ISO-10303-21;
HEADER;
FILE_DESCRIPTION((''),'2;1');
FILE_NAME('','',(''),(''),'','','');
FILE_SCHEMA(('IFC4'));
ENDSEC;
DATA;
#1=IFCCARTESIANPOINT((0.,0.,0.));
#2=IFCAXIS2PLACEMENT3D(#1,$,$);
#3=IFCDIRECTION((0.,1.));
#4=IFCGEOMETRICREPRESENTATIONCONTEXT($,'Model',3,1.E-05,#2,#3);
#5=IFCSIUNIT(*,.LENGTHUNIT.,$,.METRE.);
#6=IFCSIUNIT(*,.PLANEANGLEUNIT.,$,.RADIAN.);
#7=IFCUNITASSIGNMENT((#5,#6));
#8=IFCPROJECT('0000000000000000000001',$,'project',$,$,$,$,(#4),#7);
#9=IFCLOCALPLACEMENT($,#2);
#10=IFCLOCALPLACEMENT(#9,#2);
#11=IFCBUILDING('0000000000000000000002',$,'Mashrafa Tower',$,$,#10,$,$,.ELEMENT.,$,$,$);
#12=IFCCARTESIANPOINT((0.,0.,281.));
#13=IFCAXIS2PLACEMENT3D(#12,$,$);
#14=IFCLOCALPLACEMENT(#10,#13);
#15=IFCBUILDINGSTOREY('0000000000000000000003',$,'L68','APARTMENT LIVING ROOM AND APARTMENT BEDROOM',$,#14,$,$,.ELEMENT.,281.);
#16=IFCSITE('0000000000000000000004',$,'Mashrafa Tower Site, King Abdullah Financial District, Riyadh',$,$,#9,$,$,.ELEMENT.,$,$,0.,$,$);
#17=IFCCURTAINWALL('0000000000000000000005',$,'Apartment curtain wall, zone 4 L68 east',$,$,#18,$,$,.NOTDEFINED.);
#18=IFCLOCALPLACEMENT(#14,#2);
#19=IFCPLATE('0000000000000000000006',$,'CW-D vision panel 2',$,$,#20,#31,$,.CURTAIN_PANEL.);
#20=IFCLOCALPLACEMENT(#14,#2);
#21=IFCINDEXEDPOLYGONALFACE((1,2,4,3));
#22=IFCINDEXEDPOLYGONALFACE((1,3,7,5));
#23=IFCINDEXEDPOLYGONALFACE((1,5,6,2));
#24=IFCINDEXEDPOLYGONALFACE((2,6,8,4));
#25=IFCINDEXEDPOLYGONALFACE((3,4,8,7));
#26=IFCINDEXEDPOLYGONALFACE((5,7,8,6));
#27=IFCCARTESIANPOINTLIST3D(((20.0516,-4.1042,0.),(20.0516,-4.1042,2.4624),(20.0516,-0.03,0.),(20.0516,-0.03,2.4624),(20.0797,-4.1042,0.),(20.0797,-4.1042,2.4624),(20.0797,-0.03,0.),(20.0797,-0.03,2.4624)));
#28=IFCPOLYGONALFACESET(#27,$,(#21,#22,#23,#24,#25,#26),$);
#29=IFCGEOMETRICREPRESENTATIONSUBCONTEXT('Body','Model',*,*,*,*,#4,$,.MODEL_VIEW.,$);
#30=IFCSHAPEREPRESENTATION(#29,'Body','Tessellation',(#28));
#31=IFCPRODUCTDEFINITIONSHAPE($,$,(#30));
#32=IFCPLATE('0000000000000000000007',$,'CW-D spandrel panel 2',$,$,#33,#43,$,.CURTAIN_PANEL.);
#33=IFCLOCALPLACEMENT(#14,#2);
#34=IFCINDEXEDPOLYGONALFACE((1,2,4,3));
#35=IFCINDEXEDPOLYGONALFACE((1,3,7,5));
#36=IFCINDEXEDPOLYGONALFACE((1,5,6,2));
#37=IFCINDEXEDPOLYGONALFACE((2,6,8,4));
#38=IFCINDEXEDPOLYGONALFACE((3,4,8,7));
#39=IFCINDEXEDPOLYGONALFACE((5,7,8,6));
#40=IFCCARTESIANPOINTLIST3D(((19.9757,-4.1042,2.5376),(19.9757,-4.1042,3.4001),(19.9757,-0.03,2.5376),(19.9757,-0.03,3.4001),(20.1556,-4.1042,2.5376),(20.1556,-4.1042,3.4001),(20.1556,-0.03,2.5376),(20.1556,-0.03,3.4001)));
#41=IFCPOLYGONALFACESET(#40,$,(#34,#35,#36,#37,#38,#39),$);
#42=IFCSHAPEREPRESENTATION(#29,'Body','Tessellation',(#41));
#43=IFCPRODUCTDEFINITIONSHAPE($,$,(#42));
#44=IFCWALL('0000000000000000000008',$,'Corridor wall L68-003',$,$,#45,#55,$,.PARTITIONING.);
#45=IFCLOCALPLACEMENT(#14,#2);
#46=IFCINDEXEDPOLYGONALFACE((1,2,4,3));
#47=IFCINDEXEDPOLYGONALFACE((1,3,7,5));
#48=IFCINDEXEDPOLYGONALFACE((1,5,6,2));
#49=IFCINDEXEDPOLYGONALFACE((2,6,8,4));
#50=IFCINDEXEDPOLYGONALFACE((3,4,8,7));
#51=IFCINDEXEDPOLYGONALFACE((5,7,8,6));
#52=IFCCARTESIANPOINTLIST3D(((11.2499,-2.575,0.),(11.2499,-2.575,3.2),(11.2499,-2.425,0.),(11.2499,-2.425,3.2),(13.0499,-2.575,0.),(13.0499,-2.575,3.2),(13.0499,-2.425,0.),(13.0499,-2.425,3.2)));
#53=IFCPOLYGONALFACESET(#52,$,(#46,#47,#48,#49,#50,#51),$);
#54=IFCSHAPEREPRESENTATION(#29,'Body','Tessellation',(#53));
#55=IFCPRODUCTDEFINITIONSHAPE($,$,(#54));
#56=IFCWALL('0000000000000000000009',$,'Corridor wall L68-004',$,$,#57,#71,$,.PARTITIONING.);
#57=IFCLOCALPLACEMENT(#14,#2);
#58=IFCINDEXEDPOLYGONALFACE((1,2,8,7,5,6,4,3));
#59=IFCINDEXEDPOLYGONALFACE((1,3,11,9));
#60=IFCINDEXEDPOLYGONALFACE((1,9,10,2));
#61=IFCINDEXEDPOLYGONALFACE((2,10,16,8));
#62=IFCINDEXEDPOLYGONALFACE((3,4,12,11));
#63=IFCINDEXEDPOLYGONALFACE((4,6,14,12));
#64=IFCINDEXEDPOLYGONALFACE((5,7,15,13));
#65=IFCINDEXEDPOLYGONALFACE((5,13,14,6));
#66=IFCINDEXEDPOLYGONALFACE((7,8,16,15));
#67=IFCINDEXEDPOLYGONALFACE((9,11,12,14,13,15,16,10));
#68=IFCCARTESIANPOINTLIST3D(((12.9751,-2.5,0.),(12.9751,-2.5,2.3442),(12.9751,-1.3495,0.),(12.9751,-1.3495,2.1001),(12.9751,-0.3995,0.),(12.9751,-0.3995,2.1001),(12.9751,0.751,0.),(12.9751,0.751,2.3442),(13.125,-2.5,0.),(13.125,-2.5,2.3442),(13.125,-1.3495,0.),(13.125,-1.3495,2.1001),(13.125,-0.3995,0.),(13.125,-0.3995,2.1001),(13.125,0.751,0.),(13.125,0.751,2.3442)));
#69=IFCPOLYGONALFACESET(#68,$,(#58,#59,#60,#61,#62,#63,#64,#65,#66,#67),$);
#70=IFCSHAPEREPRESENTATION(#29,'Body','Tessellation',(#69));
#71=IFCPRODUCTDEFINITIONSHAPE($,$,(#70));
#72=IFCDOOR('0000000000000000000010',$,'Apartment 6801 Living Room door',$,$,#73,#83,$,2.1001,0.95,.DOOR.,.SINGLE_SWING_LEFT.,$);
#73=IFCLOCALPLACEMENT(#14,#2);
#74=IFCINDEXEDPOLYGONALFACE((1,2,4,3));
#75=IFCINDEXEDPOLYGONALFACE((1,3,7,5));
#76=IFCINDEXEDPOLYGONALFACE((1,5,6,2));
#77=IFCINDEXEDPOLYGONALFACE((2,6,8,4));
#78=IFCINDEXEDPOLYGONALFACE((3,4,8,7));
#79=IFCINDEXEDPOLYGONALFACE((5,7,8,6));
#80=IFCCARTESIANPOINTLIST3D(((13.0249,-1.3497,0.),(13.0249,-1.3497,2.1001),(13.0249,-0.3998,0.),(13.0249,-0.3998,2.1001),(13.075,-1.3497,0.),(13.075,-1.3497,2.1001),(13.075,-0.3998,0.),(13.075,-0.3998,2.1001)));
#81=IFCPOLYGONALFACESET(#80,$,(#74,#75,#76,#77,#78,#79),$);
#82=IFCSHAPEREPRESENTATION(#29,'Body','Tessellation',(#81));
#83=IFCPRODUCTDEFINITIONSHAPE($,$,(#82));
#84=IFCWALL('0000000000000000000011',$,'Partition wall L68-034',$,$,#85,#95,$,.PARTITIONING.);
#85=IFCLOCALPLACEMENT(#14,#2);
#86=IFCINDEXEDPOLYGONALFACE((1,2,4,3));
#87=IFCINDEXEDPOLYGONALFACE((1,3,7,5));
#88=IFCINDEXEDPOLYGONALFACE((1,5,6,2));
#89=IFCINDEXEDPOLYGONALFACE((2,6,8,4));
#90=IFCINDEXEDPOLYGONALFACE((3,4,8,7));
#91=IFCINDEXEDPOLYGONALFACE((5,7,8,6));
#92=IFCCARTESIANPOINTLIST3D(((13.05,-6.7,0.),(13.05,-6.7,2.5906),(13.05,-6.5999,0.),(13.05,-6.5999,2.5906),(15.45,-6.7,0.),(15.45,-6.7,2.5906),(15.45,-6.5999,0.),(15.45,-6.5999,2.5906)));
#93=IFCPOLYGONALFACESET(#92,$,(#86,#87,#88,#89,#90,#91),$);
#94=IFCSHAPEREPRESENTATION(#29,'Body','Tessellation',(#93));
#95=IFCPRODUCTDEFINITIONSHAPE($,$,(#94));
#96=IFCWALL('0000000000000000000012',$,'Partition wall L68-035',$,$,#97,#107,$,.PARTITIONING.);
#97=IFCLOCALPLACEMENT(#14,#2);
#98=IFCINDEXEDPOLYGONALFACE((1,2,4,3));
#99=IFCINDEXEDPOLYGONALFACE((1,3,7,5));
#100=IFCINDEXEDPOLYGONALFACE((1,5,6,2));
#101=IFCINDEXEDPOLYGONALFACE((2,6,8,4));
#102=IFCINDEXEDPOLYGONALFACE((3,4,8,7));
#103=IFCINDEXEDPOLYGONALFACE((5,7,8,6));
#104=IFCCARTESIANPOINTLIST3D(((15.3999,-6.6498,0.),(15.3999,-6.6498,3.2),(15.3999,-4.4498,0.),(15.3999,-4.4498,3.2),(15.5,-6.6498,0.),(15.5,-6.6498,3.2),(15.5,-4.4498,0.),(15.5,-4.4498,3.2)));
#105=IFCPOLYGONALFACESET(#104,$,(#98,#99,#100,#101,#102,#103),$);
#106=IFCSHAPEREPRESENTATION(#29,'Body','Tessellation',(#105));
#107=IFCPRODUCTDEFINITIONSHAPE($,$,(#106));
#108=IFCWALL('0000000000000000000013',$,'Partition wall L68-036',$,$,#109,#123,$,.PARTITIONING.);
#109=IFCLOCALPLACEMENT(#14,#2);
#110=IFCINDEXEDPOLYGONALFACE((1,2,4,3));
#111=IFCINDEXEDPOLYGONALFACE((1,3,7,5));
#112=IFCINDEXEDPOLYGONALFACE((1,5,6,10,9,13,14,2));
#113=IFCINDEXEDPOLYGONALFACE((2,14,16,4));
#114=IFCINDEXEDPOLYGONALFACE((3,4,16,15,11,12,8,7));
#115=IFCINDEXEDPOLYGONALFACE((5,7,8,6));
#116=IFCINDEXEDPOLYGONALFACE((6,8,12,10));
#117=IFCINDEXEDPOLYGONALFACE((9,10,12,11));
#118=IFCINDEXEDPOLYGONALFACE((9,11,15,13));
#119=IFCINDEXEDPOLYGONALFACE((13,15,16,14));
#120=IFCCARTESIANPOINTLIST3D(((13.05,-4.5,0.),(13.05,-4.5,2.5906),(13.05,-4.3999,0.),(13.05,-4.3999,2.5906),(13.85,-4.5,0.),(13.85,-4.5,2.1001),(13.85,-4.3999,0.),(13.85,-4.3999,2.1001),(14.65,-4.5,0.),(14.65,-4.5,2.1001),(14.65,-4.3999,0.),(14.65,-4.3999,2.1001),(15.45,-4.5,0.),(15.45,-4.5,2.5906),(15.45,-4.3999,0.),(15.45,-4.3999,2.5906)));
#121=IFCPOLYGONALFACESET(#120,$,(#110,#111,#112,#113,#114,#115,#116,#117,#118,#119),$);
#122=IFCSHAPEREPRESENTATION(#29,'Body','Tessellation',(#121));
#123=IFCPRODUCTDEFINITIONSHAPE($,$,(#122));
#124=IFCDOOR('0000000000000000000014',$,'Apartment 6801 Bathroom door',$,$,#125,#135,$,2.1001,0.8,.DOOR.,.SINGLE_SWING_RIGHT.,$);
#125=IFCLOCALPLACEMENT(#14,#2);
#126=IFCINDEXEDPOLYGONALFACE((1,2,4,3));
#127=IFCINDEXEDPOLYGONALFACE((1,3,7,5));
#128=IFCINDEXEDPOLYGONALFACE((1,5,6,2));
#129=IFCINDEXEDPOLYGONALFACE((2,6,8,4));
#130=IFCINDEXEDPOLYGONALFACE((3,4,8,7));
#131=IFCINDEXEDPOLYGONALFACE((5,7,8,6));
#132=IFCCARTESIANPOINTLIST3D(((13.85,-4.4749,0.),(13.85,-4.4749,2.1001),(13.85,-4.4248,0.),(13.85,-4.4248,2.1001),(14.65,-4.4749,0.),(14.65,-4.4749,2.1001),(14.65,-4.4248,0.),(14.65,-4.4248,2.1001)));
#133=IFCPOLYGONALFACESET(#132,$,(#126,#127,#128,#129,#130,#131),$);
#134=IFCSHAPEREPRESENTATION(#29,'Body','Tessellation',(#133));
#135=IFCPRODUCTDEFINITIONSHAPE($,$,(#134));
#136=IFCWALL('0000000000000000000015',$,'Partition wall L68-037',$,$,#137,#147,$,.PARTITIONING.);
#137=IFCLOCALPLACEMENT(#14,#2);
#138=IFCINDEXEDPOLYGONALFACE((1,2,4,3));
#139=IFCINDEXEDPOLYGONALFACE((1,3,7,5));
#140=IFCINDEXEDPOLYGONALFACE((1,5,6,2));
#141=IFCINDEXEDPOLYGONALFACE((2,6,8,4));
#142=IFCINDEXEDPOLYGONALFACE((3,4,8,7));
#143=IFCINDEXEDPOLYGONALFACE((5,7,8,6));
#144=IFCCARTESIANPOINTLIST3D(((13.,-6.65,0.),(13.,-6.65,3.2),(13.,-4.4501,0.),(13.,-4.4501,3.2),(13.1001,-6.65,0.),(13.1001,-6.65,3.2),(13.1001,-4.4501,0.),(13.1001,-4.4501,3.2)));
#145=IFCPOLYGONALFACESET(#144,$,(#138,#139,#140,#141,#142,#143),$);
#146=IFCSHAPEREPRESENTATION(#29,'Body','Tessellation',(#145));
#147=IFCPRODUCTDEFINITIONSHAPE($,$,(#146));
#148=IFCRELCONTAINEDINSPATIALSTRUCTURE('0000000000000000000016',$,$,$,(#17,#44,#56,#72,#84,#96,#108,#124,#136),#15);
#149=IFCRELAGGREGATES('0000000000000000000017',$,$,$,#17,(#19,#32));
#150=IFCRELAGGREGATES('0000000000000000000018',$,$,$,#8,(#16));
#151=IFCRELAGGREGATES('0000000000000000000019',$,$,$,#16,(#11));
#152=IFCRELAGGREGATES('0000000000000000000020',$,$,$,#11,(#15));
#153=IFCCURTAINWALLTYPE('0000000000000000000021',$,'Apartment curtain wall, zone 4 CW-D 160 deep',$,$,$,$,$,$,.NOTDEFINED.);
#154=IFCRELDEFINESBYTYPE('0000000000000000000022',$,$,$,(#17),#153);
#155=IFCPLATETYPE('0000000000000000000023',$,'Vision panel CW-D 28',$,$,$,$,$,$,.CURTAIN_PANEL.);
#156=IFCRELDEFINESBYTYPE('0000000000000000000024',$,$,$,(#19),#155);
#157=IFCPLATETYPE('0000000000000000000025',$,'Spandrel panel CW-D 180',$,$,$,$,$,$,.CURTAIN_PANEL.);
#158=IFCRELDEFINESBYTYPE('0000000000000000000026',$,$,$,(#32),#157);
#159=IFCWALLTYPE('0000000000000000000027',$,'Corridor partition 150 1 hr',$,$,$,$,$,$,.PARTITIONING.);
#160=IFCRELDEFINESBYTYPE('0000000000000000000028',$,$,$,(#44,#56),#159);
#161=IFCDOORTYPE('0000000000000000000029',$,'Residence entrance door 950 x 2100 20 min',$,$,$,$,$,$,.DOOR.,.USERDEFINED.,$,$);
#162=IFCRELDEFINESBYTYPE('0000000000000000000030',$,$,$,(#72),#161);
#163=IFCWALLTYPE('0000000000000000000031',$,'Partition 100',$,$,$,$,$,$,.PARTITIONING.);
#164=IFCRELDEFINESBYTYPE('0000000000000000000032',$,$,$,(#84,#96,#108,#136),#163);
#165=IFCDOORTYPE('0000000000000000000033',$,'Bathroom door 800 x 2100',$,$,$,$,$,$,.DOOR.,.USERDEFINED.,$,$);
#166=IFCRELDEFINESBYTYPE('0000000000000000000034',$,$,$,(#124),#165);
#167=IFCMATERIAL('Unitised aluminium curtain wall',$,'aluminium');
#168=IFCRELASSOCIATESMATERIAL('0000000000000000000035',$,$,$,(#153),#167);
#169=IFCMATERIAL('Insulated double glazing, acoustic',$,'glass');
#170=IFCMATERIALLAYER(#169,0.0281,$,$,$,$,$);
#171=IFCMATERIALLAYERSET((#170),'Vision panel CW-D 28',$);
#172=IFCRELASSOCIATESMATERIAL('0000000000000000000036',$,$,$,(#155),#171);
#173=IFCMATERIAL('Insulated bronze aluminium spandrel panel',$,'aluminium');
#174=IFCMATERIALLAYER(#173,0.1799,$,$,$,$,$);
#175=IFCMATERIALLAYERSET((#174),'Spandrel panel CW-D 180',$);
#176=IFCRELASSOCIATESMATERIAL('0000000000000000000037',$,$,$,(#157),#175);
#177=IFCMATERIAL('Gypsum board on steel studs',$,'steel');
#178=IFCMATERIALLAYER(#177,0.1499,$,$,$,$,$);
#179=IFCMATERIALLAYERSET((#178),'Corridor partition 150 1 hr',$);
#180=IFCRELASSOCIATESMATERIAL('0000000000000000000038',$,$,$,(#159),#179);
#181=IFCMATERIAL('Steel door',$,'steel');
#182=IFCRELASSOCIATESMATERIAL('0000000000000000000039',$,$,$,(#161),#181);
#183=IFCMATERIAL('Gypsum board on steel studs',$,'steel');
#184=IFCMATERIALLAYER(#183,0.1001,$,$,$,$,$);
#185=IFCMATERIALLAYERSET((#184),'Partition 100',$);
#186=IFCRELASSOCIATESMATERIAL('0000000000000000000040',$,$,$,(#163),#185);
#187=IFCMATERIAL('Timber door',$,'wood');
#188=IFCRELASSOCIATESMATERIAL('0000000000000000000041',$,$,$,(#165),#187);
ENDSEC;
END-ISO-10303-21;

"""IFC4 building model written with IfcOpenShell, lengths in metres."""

from ifc_helpers import new_model, si_unit, direction, frame, frame_2d, origin, origin_2d, place, context, subcontext, project, spatial, rectangle, extrude, source, transform, mapped, material, layer, layer_set, type_object, element, fill, aggregate, save


model = new_model("IFC4")

# Units and contexts
model_context = context("Model", 3, precision=1e-05, world=origin(), true_north=direction((0.0, 1.0)))
body_context = subcontext(model_context, "Body", "Model", "MODEL_VIEW")
ifc_project = project(units=[si_unit("LENGTHUNIT", "METRE"), si_unit("PLANEANGLEUNIT", "RADIAN")], contexts=[model_context])

# Site, building, storey
site_placement = place(None, origin())
site = spatial("IfcSite", under=ifc_project, at=site_placement, Name="Mashrafa Tower Site, King Abdullah Financial District, Riyadh", CompositionType="ELEMENT", RefElevation=0.0)
building_placement = place(site_placement, origin())
building = spatial("IfcBuilding", under=site, at=building_placement, Name="Mashrafa Tower", CompositionType="ELEMENT")
storey_placement = place(building_placement, frame((0.0, 0.0, 281.0)))
storey = spatial("IfcBuildingStorey", under=building, at=storey_placement, Name="L68", Description="APARTMENT LIVING ROOM AND APARTMENT BEDROOM", CompositionType="ELEMENT", Elevation=281.0)

# Curtain wall, plates
ifc_material_1 = material(Name="Unitised aluminium curtain wall", Category="aluminium")
curtain_wall_type = type_object("IfcCurtainWallType", Name="Apartment curtain wall, zone 4 CW-D 160 deep", PredefinedType="NOTDEFINED", material=ifc_material_1)
curtain_wall_placement = place(storey_placement, origin())
curtain_wall = element("IfcCurtainWall", 1, at=curtain_wall_placement, inside=storey, type_object=curtain_wall_type, Name="Apartment curtain wall, zone 4 L68 east", PredefinedType="NOTDEFINED")
ifc_material_2 = material(Name="Insulated double glazing, acoustic", Category="glass")
ifc_layer_1 = layer(ifc_material_2, 0.0281)
ifc_layer_set_1 = layer_set([ifc_layer_1], Name="Vision panel CW-D 28")
plate_type_1 = type_object("IfcPlateType", Name="Vision panel CW-D 28", PredefinedType="CURTAIN_PANEL", material=ifc_layer_set_1)
ifc_material_3 = material(Name="Insulated bronze aluminium spandrel panel", Category="aluminium")
ifc_layer_2 = layer(ifc_material_3, 0.1799)
ifc_layer_set_2 = layer_set([ifc_layer_2], Name="Spandrel panel CW-D 180")
plate_type_2 = type_object("IfcPlateType", Name="Spandrel panel CW-D 180", PredefinedType="CURTAIN_PANEL", material=ifc_layer_set_2)
shared_shape_1 = source(origin(), body_context, "Body", "SweptSolid", [
    extrude(rectangle(XDim=4.0742, YDim=0.0281, at=origin_2d()), origin(), (0.0, 0.0, 1.0), 2.4624),
])
plate_1_placement = place(storey_placement, frame((20.0657, -2.0671, 0.0), z_axis=(0.0, 0.0, 1.0), x_axis=(0.0, 1.0, 0.0)))
plate_1 = element("IfcPlate", 2, at=plate_1_placement, type_object=plate_type_1, Name="CW-D vision panel 2", PredefinedType="CURTAIN_PANEL", context=body_context, shape_type="MappedRepresentation", body=[
    mapped(shared_shape_1, transform((0.0, 0.0, 0.0))),
])
shared_shape_2 = source(origin(), body_context, "Body", "SweptSolid", [
    extrude(rectangle(XDim=4.0742, YDim=0.1799, at=origin_2d()), origin(), (0.0, 0.0, 1.0), 0.8625),
])
plate_2_placement = place(storey_placement, frame((20.0657, -2.0671, 2.5376), z_axis=(0.0, 0.0, 1.0), x_axis=(0.0, 1.0, 0.0)))
plate_2 = element("IfcPlate", 3, at=plate_2_placement, type_object=plate_type_2, Name="CW-D spandrel panel 2", PredefinedType="CURTAIN_PANEL", context=body_context, shape_type="MappedRepresentation", body=[
    mapped(shared_shape_2, transform((0.0, 0.0, 0.0))),
])
aggregate(curtain_wall, [plate_1, plate_2])

# Wall
ifc_material_4 = material(Name="Gypsum board on steel studs", Category="steel")
ifc_layer_3 = layer(ifc_material_4, 0.1499)
ifc_layer_set_3 = layer_set([ifc_layer_3], Name="Corridor partition 150 1 hr")
wall_type_1 = type_object("IfcWallType", Name="Corridor partition 150 1 hr", PredefinedType="PARTITIONING", material=ifc_layer_set_3)
wall_1_placement = place(storey_placement, frame((11.25, -2.5, 0.0), z_axis=(0.0, 0.0, 1.0), x_axis=(1.0, 0.0, 0.0)))
element("IfcWall", 4, at=wall_1_placement, inside=storey, type_object=wall_type_1, Name="Corridor wall L68-003", PredefinedType="PARTITIONING", context=body_context, shape_type="SweptSolid", body=[
    extrude(rectangle(XDim=1.8, YDim=0.1499, at=frame_2d((0.8999, 0.0))), origin(), (0.0, 0.0, 1.0), 3.2),
])

# Wall, opening, door
wall_2_placement = place(storey_placement, frame((13.05, -2.5, 0.0), z_axis=(0.0, 0.0, 1.0), x_axis=(0.0, 1.0, 0.0)))
wall_2 = element("IfcWall", 5, at=wall_2_placement, inside=storey, type_object=wall_type_1, Name="Corridor wall L68-004", PredefinedType="PARTITIONING", context=body_context, shape_type="SweptSolid", body=[
    extrude(rectangle(XDim=3.251, YDim=0.1499, at=frame_2d((1.6255, 0.0))), origin(), (0.0, 0.0, 1.0), 2.3442),
])
opening_1_placement = place(wall_2_placement, frame((1.1504, 0.0, 0.0)))
opening_1 = element("IfcOpeningElement", 6, at=opening_1_placement, cuts=wall_2, PredefinedType="OPENING", context=body_context, shape_type="SweptSolid", body=[
    extrude(rectangle(XDim=0.95, YDim=2.1001, at=frame_2d((0.4751, 1.05))), frame((0.0, 0.085, 0.0), z_axis=(0.0, -1.0, 0.0), x_axis=(1.0, 0.0, 0.0)), (0.0, 0.0, 1.0), 0.1699),
])
ifc_material_5 = material(Name="Steel door", Category="steel")
door_type_1 = type_object("IfcDoorType", Name="Residence entrance door 950 x 2100 20 min", OperationType="USERDEFINED", PredefinedType="DOOR", material=ifc_material_5)
door_1_placement = place(opening_1_placement, frame((0.95, 0.0, 0.0), z_axis=(0.0, 0.0, 1.0), x_axis=(-1.0, 0.0, 0.0)))
door_1 = element("IfcDoor", 7, at=door_1_placement, inside=storey, type_object=door_type_1, Name="Apartment 6801 Living Room door", OperationType="SINGLE_SWING_LEFT", OverallHeight=2.1001, OverallWidth=0.95, PredefinedType="DOOR", context=body_context, shape_type="SweptSolid", body=[
    extrude(rectangle(XDim=0.95, YDim=2.1001, at=frame_2d((0.4751, 1.05))), frame((0.0, 0.0249, 0.0), z_axis=(0.0, -1.0, 0.0), x_axis=(1.0, 0.0, 0.0)), (0.0, 0.0, 1.0), 0.05),
])
fill(opening_1, door_1)

# Walls
ifc_material_6 = material(Name="Gypsum board on steel studs", Category="steel")
ifc_layer_4 = layer(ifc_material_6, 0.1001)
ifc_layer_set_4 = layer_set([ifc_layer_4], Name="Partition 100")
wall_type_2 = type_object("IfcWallType", Name="Partition 100", PredefinedType="PARTITIONING", material=ifc_layer_set_4)
wall_3_placement = place(storey_placement, frame((15.45, -6.6499, 0.0), z_axis=(0.0, 0.0, 1.0), x_axis=(-1.0, 0.0, 0.0)))
element("IfcWall", 8, at=wall_3_placement, inside=storey, type_object=wall_type_2, Name="Partition wall L68-034", PredefinedType="PARTITIONING", context=body_context, shape_type="SweptSolid", body=[
    extrude(rectangle(XDim=2.3999, YDim=0.1001, at=frame_2d((1.2, 0.0))), origin(), (0.0, 0.0, 1.0), 2.5906),
])
wall_4_placement = place(storey_placement, frame((15.45, -6.6499, 0.0), z_axis=(0.0, 0.0, 1.0), x_axis=(0.0, 1.0, 0.0)))
element("IfcWall", 9, at=wall_4_placement, inside=storey, type_object=wall_type_2, Name="Partition wall L68-035", PredefinedType="PARTITIONING", context=body_context, shape_type="SweptSolid", body=[
    extrude(rectangle(XDim=2.2, YDim=0.1001, at=frame_2d((1.1001, 0.0))), origin(), (0.0, 0.0, 1.0), 3.2),
])

# Wall, opening, door
wall_5_placement = place(storey_placement, frame((15.45, -4.45, 0.0), z_axis=(0.0, 0.0, 1.0), x_axis=(-1.0, 0.0, 0.0)))
wall_5 = element("IfcWall", 10, at=wall_5_placement, inside=storey, type_object=wall_type_2, Name="Partition wall L68-036", PredefinedType="PARTITIONING", context=body_context, shape_type="SweptSolid", body=[
    extrude(rectangle(XDim=2.3999, YDim=0.1001, at=frame_2d((1.2, 0.0))), origin(), (0.0, 0.0, 1.0), 2.5906),
])
opening_2_placement = place(wall_5_placement, frame((0.8, 0.0, 0.0)))
opening_2 = element("IfcOpeningElement", 11, at=opening_2_placement, cuts=wall_5, PredefinedType="OPENING", context=body_context, shape_type="SweptSolid", body=[
    extrude(rectangle(XDim=0.8, YDim=2.1001, at=frame_2d((0.3999, 1.05))), frame((0.0, 0.0601, 0.0), z_axis=(0.0, -1.0, 0.0), x_axis=(1.0, 0.0, 0.0)), (0.0, 0.0, 1.0), 0.1201),
])
ifc_material_7 = material(Name="Timber door", Category="wood")
door_type_2 = type_object("IfcDoorType", Name="Bathroom door 800 x 2100", OperationType="USERDEFINED", PredefinedType="DOOR", material=ifc_material_7)
door_2_placement = place(opening_2_placement, origin())
door_2 = element("IfcDoor", 12, at=door_2_placement, inside=storey, type_object=door_type_2, Name="Apartment 6801 Bathroom door", OperationType="SINGLE_SWING_RIGHT", OverallHeight=2.1001, OverallWidth=0.8, PredefinedType="DOOR", context=body_context, shape_type="SweptSolid", body=[
    extrude(rectangle(XDim=0.8, YDim=2.1001, at=frame_2d((0.3999, 1.05))), frame((0.0, 0.0249, 0.0), z_axis=(0.0, -1.0, 0.0), x_axis=(1.0, 0.0, 0.0)), (0.0, 0.0, 1.0), 0.05),
])
fill(opening_2, door_2)

# Wall
wall_6_placement = place(storey_placement, frame((13.05, -4.45, 0.0), z_axis=(0.0, 0.0, 1.0), x_axis=(0.0, -1.0, 0.0)))
element("IfcWall", 13, at=wall_6_placement, inside=storey, type_object=wall_type_2, Name="Partition wall L68-037", PredefinedType="PARTITIONING", context=body_context, shape_type="SweptSolid", body=[
    extrude(rectangle(XDim=2.2, YDim=0.1001, at=frame_2d((1.1001, 0.0))), origin(), (0.0, 0.0, 1.0), 3.2),
])

save(model, "model.ifc")
